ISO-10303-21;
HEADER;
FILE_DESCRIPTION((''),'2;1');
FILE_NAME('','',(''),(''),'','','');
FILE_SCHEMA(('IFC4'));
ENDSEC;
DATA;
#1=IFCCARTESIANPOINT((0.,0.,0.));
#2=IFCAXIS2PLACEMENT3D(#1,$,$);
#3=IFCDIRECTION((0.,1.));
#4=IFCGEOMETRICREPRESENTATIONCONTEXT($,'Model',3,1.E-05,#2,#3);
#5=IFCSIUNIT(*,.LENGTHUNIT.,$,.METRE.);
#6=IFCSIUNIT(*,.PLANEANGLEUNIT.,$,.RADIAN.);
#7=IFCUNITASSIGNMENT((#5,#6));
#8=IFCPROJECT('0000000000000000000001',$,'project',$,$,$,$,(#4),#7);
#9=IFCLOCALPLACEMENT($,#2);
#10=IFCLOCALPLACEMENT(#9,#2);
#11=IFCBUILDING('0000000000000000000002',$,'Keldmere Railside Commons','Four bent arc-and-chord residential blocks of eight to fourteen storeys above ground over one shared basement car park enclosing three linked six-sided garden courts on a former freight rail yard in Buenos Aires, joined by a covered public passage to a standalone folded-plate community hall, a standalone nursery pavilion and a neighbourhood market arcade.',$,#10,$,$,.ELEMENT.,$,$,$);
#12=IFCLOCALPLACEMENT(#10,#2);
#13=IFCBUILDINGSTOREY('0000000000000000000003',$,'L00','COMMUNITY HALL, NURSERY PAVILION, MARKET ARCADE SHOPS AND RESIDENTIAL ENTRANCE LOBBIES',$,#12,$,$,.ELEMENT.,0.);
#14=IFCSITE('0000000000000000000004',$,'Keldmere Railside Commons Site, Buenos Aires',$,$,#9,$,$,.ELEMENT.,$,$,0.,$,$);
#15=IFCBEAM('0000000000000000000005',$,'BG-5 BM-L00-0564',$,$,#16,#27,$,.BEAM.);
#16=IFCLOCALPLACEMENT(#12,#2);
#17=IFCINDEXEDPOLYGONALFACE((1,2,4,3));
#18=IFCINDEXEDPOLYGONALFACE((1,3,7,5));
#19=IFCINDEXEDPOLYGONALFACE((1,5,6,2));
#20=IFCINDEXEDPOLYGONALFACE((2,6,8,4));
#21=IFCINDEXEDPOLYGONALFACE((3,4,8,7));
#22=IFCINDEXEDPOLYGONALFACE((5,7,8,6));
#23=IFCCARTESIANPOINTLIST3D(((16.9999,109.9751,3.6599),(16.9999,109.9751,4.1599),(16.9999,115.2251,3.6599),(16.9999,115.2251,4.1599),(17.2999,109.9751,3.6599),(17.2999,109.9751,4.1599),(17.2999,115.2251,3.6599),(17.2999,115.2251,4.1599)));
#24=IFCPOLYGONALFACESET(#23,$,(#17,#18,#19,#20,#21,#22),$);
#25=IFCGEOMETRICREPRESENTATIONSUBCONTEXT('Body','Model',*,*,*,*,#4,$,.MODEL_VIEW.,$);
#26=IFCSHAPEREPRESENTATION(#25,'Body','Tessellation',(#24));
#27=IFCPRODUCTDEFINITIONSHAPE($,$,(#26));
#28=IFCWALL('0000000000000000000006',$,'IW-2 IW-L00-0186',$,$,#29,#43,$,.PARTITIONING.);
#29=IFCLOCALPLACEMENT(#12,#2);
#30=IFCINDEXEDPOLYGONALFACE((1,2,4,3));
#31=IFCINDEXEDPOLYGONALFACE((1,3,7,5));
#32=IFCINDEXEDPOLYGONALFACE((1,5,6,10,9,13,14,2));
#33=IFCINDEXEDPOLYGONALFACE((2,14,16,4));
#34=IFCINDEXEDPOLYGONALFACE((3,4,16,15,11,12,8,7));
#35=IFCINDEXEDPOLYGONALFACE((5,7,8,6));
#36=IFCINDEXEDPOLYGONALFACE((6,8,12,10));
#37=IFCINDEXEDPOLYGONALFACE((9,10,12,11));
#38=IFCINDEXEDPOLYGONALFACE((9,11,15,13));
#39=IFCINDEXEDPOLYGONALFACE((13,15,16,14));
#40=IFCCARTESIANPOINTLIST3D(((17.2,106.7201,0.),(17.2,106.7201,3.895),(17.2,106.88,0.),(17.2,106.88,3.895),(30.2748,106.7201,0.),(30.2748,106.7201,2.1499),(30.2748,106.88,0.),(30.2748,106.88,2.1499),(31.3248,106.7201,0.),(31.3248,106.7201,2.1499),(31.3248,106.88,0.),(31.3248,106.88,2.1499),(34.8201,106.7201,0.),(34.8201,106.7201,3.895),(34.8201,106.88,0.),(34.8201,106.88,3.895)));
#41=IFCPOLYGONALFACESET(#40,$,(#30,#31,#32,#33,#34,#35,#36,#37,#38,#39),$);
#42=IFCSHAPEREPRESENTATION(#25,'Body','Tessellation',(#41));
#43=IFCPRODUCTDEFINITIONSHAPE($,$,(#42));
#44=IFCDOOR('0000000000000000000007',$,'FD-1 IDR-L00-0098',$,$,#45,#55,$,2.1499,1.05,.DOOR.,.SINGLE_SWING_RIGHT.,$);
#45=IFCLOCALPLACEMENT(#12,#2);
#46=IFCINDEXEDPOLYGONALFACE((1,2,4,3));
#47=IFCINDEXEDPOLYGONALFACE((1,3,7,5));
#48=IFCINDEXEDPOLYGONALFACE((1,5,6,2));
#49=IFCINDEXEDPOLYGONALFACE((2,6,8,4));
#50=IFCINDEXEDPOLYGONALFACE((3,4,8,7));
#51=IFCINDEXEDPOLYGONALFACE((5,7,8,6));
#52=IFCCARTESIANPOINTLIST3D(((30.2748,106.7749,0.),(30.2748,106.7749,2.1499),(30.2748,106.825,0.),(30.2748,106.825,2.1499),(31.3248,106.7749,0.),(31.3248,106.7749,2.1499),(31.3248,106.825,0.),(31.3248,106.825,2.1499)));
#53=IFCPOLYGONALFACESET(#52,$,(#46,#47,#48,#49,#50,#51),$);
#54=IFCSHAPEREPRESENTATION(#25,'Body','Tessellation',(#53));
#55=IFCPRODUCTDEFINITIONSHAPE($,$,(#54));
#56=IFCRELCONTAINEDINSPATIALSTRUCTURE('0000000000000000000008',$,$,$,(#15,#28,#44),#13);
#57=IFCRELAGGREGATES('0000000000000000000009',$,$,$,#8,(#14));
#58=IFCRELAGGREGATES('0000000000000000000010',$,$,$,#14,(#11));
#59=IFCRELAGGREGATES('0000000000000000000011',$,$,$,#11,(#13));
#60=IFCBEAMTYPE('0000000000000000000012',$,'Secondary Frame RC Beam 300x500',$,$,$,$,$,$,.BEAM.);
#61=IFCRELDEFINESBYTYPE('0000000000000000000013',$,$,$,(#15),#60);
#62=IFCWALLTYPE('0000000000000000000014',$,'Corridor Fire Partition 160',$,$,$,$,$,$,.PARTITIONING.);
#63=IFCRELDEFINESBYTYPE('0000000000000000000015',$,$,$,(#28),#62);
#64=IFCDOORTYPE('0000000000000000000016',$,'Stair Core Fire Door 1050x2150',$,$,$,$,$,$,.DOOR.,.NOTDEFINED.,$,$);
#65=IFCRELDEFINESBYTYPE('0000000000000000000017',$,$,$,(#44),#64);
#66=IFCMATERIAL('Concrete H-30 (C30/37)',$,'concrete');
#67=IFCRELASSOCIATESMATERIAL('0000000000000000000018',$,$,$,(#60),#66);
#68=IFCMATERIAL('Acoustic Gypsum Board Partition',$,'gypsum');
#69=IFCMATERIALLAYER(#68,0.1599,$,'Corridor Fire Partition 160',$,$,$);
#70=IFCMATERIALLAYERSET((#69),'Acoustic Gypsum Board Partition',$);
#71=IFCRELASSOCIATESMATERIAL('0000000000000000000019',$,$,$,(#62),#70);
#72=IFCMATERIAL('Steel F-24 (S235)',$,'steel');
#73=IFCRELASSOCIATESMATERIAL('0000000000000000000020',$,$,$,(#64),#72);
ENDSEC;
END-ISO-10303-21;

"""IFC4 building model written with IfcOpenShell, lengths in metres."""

from ifc_helpers import new_model, si_unit, direction, frame, frame_2d, origin, origin_2d, place, context, subcontext, project, spatial, rectangle, extrude, material, layer, layer_set, material_profile, profile_set, type_object, element, fill, save


model = new_model("IFC4")

# Units and contexts
model_context = context("Model", 3, precision=1e-05, world=origin(), true_north=direction((0.0, 1.0)))
body_context = subcontext(model_context, "Body", "Model", "MODEL_VIEW")
ifc_project = project(units=[si_unit("LENGTHUNIT", "METRE"), si_unit("PLANEANGLEUNIT", "RADIAN")], contexts=[model_context])

# Site, building, storey
site_placement = place(None, origin())
site = spatial("IfcSite", under=ifc_project, at=site_placement, Name="Keldmere Railside Commons Site, Buenos Aires", CompositionType="ELEMENT", RefElevation=0.0)
building_placement = place(site_placement, origin())
building = spatial("IfcBuilding", under=site, at=building_placement, Name="Keldmere Railside Commons", Description="Four bent arc-and-chord residential blocks of eight to fourteen storeys above ground over one shared basement car park enclosing three linked six-sided garden courts on a former freight rail yard in Buenos Aires, joined by a covered public passage to a standalone folded-plate community hall, a standalone nursery pavilion and a neighbourhood market arcade.", CompositionType="ELEMENT")
storey_placement = place(building_placement, origin())
storey = spatial("IfcBuildingStorey", under=building, at=storey_placement, Name="L00", Description="COMMUNITY HALL, NURSERY PAVILION, MARKET ARCADE SHOPS AND RESIDENTIAL ENTRANCE LOBBIES", CompositionType="ELEMENT", Elevation=0.0)

# Beam
ifc_material_1 = material(Name="Concrete H-30 (C30/37)", Category="concrete")
ifc_material_profile_1 = material_profile(ifc_material_1, rectangle(XDim=0.3, YDim=0.5, at=origin_2d()), Name="RC-300x500")
ifc_profile_set_1 = profile_set([ifc_material_profile_1], Name="Concrete H-30 (C30/37)")
beam_type_1 = type_object("IfcBeamType", Name="Secondary Frame RC Beam 300x500", PredefinedType="BEAM", material=ifc_profile_set_1)
beam_1_placement = place(storey_placement, frame((17.1499, 109.9751, 3.9099), z_axis=(0.0, 1.0, 0.0), x_axis=(-1.0, 0.0, 0.0)))
element("IfcBeam", 1, at=beam_1_placement, inside=storey, type_object=beam_type_1, Name="BG-5 BM-L00-0564", PredefinedType="BEAM", context=body_context, shape_type="SweptSolid", body=[
    extrude(rectangle(XDim=0.3, YDim=0.5, at=origin_2d()), origin(), (0.0, 0.0, 1.0), 5.25),
])

# Wall, opening, door
ifc_material_2 = material(Name="Acoustic Gypsum Board Partition", Category="gypsum")
ifc_layer = layer(ifc_material_2, 0.1599, Name="Corridor Fire Partition 160")
ifc_layer_set = layer_set([ifc_layer], Name="Acoustic Gypsum Board Partition")
wall_type = type_object("IfcWallType", Name="Corridor Fire Partition 160", PredefinedType="PARTITIONING", material=ifc_layer_set)
wall_placement = place(storey_placement, frame((17.2, 106.8, 0.0), z_axis=(0.0, 0.0, 1.0), x_axis=(1.0, 0.0, 0.0)))
wall = element("IfcWall", 2, at=wall_placement, inside=storey, type_object=wall_type, Name="IW-2 IW-L00-0186", PredefinedType="PARTITIONING", context=body_context, shape_type="SweptSolid", body=[
    extrude(rectangle(XDim=17.6201, YDim=0.1599, at=frame_2d((8.8101, 0.0))), origin(), (0.0, 0.0, 1.0), 3.895),
])
opening_placement = place(wall_placement, frame((13.075, 0.0, 0.0)))
opening = element("IfcOpeningElement", 3, at=opening_placement, cuts=wall, PredefinedType="OPENING", context=body_context, shape_type="SweptSolid", body=[
    extrude(rectangle(XDim=1.05, YDim=2.1499, at=frame_2d((0.5249, 1.075))), frame((0.0, 0.0898, 0.0), z_axis=(0.0, -1.0, 0.0), x_axis=(1.0, 0.0, 0.0)), (0.0, 0.0, 1.0), 0.1799),
])
ifc_material_3 = material(Name="Steel F-24 (S235)", Category="steel")
door_type = type_object("IfcDoorType", Name="Stair Core Fire Door 1050x2150", OperationType="NOTDEFINED", PredefinedType="DOOR", material=ifc_material_3)
door_placement = place(opening_placement, origin())
door = element("IfcDoor", 4, at=door_placement, inside=storey, type_object=door_type, Name="FD-1 IDR-L00-0098", OperationType="SINGLE_SWING_RIGHT", OverallHeight=2.1499, OverallWidth=1.05, PredefinedType="DOOR", context=body_context, shape_type="SweptSolid", body=[
    extrude(rectangle(XDim=1.05, YDim=2.1499, at=frame_2d((0.5249, 1.075))), frame((0.0, 0.0249, 0.0), z_axis=(0.0, -1.0, 0.0), x_axis=(1.0, 0.0, 0.0)), (0.0, 0.0, 1.0), 0.05),
])
fill(opening, door)

save(model, "model.ifc")
